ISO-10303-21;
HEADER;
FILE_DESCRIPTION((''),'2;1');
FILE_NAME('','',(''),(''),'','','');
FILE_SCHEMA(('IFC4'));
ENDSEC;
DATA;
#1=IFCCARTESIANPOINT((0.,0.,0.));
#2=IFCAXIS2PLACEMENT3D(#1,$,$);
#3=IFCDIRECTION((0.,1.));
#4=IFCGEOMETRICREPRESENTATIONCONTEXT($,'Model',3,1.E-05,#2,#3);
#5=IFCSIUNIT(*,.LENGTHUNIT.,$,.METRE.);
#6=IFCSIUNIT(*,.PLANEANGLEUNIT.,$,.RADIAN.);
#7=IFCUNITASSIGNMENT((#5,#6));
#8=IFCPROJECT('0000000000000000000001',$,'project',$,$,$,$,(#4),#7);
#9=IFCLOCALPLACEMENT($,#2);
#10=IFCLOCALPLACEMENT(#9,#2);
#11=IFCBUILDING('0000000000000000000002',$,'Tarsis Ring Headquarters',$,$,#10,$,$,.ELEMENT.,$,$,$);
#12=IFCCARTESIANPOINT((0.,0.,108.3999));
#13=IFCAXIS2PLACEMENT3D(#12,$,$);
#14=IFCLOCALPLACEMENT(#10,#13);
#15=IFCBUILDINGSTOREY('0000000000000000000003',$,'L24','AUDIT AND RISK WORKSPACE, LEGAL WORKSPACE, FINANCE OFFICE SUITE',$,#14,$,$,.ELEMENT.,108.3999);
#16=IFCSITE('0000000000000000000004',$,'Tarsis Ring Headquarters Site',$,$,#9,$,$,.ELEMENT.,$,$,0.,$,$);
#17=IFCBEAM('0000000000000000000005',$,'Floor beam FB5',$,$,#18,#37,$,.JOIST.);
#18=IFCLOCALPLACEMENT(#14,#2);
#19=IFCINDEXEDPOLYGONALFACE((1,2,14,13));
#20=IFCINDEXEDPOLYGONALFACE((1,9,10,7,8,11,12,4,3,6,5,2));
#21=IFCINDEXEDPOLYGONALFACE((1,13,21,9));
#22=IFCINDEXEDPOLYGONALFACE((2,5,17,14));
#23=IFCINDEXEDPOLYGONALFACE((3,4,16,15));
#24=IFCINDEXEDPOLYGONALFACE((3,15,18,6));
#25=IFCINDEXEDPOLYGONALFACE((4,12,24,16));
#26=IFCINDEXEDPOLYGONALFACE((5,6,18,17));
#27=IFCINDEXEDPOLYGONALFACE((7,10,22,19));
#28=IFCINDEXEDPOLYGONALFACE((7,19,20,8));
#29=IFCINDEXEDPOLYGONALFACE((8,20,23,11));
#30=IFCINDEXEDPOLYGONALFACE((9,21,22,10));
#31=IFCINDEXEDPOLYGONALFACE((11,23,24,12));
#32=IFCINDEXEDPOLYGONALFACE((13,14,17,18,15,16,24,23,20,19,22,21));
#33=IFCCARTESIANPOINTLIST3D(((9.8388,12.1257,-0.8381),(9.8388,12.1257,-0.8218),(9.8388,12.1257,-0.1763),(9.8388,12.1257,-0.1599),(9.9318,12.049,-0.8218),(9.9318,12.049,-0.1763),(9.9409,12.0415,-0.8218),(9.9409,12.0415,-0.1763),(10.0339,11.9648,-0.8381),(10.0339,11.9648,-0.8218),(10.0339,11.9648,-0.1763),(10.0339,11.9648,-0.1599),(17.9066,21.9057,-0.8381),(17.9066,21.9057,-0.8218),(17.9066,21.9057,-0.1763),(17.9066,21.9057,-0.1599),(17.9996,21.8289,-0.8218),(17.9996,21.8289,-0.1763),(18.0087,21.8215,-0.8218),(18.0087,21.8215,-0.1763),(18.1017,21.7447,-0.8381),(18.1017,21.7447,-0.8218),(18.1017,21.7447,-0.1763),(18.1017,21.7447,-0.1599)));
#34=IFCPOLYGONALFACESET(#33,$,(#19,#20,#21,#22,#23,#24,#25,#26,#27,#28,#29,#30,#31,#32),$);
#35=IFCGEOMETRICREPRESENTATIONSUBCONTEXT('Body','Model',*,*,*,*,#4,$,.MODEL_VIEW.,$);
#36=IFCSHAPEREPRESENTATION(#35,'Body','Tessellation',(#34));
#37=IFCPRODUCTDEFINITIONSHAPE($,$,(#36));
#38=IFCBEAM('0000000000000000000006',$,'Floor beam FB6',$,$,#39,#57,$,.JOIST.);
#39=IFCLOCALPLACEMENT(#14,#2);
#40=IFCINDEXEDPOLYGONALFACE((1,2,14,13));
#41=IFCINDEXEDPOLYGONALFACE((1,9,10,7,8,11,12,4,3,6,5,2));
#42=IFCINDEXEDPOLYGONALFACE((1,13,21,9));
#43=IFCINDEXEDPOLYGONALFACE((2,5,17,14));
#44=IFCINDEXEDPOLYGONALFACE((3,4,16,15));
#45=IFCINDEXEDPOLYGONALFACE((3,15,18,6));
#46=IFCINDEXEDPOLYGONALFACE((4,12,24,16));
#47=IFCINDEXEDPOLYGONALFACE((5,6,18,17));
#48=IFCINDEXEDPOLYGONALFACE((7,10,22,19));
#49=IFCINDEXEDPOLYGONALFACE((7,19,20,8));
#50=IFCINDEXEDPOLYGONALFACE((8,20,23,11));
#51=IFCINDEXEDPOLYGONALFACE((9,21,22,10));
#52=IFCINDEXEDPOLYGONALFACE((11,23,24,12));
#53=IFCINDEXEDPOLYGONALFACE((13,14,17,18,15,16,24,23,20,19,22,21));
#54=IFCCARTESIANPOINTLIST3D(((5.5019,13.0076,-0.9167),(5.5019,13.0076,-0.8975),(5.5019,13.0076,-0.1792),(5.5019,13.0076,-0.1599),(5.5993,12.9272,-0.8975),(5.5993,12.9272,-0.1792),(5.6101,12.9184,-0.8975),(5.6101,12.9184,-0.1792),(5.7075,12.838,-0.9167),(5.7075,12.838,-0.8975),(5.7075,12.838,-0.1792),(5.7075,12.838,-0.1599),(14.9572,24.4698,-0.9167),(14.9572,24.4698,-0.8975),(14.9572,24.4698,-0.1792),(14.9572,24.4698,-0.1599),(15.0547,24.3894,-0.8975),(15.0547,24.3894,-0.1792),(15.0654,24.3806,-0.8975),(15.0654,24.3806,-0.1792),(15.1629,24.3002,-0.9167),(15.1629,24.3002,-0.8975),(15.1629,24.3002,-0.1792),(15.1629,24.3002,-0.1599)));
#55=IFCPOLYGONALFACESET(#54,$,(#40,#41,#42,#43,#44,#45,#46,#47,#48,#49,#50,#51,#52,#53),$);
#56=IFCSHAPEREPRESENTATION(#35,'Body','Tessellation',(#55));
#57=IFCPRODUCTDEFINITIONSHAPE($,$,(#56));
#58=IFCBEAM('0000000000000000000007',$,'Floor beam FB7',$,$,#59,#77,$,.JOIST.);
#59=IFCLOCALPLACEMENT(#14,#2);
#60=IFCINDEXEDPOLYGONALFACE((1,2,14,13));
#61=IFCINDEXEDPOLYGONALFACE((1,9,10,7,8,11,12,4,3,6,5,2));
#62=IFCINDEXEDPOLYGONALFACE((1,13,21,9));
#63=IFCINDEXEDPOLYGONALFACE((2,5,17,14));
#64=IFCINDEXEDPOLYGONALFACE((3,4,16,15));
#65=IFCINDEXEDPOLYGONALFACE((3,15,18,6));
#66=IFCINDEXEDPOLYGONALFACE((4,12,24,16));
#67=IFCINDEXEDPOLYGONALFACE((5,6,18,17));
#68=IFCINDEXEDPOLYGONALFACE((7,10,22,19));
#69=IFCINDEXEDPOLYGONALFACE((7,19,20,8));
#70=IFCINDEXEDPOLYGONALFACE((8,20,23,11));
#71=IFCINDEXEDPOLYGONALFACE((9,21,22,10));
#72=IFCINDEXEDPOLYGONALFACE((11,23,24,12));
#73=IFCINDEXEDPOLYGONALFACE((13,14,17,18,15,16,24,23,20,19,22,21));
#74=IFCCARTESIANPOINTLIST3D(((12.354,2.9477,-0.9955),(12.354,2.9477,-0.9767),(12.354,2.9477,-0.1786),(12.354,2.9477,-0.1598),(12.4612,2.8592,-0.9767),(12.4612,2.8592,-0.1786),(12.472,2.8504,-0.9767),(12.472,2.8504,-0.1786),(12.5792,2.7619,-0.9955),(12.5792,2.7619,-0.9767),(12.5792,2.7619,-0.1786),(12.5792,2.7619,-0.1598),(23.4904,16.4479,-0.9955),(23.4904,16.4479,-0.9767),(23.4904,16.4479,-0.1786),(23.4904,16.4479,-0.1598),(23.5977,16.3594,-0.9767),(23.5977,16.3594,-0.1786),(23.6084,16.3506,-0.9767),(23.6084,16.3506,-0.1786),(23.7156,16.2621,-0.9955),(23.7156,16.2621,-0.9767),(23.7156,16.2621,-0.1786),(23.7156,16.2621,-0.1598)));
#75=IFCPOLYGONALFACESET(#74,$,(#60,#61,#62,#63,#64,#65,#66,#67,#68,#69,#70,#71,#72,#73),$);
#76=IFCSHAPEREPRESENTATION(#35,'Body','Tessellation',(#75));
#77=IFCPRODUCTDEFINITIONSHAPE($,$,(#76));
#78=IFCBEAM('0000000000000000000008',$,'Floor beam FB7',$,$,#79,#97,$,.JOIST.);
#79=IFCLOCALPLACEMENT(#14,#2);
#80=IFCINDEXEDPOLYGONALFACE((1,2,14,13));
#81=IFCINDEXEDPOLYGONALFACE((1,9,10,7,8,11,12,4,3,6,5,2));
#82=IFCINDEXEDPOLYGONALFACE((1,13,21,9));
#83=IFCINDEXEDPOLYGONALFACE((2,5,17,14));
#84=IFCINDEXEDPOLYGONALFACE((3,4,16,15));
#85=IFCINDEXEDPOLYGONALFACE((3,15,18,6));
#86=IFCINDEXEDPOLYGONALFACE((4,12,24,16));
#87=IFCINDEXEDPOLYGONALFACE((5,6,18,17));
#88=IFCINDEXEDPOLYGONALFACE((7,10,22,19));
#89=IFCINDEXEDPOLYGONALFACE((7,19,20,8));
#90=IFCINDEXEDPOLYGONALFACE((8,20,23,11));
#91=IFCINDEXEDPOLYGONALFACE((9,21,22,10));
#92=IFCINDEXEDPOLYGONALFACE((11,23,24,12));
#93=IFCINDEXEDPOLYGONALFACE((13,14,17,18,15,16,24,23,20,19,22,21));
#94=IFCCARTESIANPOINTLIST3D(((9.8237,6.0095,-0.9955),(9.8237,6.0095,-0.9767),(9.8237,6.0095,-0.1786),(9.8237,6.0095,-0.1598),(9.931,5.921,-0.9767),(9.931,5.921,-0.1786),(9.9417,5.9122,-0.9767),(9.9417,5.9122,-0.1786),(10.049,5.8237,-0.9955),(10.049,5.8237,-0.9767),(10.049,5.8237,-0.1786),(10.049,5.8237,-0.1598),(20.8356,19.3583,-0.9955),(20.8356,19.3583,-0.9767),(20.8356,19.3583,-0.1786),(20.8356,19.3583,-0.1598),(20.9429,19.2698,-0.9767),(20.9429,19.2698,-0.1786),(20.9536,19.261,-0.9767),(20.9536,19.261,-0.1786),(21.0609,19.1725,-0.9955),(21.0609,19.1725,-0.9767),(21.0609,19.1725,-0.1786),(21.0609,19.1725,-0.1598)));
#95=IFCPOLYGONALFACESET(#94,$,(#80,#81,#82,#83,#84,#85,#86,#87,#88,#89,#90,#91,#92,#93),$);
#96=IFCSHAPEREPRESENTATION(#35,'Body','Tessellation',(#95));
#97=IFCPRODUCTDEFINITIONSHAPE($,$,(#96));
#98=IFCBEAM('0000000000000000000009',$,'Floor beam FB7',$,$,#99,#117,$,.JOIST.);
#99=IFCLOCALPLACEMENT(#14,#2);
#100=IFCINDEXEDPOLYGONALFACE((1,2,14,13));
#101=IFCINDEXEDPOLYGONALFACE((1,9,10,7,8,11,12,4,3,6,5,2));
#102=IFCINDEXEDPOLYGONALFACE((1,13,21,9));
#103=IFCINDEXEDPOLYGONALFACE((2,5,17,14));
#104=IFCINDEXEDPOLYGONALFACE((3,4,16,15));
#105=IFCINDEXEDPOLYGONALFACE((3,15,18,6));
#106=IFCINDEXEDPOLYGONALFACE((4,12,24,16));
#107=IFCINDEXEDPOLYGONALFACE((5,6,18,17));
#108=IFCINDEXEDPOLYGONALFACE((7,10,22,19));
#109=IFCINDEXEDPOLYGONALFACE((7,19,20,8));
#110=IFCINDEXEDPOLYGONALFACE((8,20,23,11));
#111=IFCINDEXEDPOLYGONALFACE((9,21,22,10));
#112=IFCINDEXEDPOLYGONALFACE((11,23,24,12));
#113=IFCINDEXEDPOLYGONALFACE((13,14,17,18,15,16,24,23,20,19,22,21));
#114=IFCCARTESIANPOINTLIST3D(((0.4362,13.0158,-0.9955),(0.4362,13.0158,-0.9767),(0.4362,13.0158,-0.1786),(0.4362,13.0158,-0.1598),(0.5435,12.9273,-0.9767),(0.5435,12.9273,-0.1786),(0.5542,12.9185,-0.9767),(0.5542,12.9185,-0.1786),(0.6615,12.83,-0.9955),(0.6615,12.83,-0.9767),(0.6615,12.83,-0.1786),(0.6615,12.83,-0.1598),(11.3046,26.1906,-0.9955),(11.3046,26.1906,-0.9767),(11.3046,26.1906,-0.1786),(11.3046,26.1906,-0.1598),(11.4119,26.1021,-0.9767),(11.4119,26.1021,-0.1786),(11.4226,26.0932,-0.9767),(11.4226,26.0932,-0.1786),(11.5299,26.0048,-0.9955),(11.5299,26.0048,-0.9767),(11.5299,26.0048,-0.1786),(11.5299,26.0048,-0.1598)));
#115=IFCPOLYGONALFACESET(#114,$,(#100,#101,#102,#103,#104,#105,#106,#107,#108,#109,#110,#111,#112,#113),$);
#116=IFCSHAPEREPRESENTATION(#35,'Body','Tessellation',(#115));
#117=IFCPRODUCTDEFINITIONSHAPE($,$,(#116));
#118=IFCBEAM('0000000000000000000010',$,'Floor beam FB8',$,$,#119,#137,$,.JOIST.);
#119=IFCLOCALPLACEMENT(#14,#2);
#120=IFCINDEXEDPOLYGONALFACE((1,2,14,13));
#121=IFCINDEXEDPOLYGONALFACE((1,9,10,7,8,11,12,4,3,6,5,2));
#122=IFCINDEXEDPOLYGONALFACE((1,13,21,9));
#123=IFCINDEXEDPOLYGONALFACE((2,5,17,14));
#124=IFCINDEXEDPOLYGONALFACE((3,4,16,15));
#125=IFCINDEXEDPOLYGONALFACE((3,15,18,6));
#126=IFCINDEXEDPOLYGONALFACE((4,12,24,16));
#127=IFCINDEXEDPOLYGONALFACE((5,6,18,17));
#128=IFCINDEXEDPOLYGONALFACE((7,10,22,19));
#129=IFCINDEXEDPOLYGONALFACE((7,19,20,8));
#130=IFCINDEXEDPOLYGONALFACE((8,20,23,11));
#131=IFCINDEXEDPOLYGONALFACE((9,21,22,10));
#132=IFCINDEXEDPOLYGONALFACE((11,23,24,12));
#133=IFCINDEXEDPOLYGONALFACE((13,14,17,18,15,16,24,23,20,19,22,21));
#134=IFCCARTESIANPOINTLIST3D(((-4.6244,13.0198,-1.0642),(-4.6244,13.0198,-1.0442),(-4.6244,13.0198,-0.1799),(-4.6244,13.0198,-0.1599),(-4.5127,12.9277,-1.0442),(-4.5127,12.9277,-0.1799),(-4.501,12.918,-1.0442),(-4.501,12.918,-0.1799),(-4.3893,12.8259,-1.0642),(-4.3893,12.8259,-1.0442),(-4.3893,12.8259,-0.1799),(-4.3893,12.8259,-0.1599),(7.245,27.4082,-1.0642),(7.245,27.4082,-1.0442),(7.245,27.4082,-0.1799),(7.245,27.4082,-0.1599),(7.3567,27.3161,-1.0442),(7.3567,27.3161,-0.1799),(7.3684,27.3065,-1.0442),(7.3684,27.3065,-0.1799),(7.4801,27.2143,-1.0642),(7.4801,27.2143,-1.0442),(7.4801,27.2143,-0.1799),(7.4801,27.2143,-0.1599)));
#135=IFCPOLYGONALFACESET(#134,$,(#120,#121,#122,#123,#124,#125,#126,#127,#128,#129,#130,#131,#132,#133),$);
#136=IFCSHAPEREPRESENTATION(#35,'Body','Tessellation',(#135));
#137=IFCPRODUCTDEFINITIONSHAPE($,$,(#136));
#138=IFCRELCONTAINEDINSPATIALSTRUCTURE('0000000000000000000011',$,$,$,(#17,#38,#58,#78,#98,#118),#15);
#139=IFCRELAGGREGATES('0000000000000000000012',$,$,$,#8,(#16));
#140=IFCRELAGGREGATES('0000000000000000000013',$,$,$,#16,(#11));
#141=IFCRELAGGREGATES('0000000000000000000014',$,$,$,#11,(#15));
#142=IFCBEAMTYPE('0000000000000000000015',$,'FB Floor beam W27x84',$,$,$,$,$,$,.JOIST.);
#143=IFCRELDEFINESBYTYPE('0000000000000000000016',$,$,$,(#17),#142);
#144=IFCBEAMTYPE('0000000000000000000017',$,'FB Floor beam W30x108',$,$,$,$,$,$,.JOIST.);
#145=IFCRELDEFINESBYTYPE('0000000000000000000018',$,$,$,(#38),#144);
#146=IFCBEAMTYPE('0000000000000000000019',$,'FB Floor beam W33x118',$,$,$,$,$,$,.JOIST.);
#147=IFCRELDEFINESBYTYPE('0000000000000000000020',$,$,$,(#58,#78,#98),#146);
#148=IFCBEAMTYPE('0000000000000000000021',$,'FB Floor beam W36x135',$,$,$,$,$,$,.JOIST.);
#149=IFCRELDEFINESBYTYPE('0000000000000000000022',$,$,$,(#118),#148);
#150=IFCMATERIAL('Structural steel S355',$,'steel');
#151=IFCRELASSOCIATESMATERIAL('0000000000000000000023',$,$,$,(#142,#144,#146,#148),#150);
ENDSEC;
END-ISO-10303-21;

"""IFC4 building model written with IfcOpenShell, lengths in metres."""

from ifc_helpers import new_model, si_unit, direction, frame, origin, origin_2d, place, context, subcontext, project, spatial, i_section, extrude, material, material_profile, profile_set, type_object, element, save


model = new_model("IFC4")

# Units and contexts
model_context = context("Model", 3, precision=1e-05, world=origin(), true_north=direction((0.0, 1.0)))
body_context = subcontext(model_context, "Body", "Model", "MODEL_VIEW")
ifc_project = project(units=[si_unit("LENGTHUNIT", "METRE"), si_unit("PLANEANGLEUNIT", "RADIAN")], contexts=[model_context])

# Site, building, storey
site_placement = place(None, origin())
site = spatial("IfcSite", under=ifc_project, at=site_placement, Name="Tarsis Ring Headquarters Site", CompositionType="ELEMENT", RefElevation=0.0)
building_placement = place(site_placement, origin())
building = spatial("IfcBuilding", under=site, at=building_placement, Name="Tarsis Ring Headquarters", CompositionType="ELEMENT")
storey_placement = place(building_placement, frame((0.0, 0.0, 108.3999)))
storey = spatial("IfcBuildingStorey", under=building, at=storey_placement, Name="L24", Description="AUDIT AND RISK WORKSPACE, LEGAL WORKSPACE, FINANCE OFFICE SUITE", CompositionType="ELEMENT", Elevation=108.3999)

# Shared definitions
ifc_material_1 = material(Name="Structural steel S355", Category="steel")

# Beams
ifc_material_profile_1 = material_profile(ifc_material_1, i_section(OverallWidth=0.2529, OverallDepth=0.6782, WebThickness=0.0117, FlangeThickness=0.0164, at=origin_2d()), Name="W27x84")
ifc_profile_set_1 = profile_set([ifc_material_profile_1], Name="Structural steel S355")
beam_type_1 = type_object("IfcBeamType", Name="FB Floor beam W27x84", PredefinedType="JOIST", material=ifc_profile_set_1)
beam_1_placement = place(storey_placement, frame((18.0042, 21.8252, -0.499), z_axis=(-0.636352, -0.771399, 0.0), x_axis=(0.771399, -0.636352, 0.0)))
element("IfcBeam", 1, at=beam_1_placement, inside=storey, type_object=beam_type_1, Name="Floor beam FB5", PredefinedType="JOIST", context=body_context, shape_type="SweptSolid", body=[
    extrude(i_section(OverallWidth=0.2529, OverallDepth=0.6782, WebThickness=0.0117, FlangeThickness=0.0164, at=origin_2d()), origin(), (0.0, 0.0, 1.0), 12.6782),
])
ifc_material_profile_2 = material_profile(ifc_material_1, i_section(OverallWidth=0.2666, OverallDepth=0.7568, WebThickness=0.0139, FlangeThickness=0.0193, at=origin_2d()), Name="W30x108")
ifc_profile_set_2 = profile_set([ifc_material_profile_2], Name="Structural steel S355")
beam_type_2 = type_object("IfcBeamType", Name="FB Floor beam W30x108", PredefinedType="JOIST", material=ifc_profile_set_2)
beam_2_placement = place(storey_placement, frame((15.0601, 24.385, -0.5383), z_axis=(-0.636345, -0.771405, 0.0), x_axis=(0.771405, -0.636345, 0.0)))
element("IfcBeam", 2, at=beam_2_placement, inside=storey, type_object=beam_type_2, Name="Floor beam FB6", PredefinedType="JOIST", context=body_context, shape_type="SweptSolid", body=[
    extrude(i_section(OverallWidth=0.2666, OverallDepth=0.7568, WebThickness=0.0139, FlangeThickness=0.0193, at=origin_2d()), origin(), (0.0, 0.0, 1.0), 14.8589),
])
ifc_material_profile_3 = material_profile(ifc_material_1, i_section(OverallWidth=0.292, OverallDepth=0.8357, WebThickness=0.0139, FlangeThickness=0.0188, at=origin_2d()), Name="W33x118")
ifc_profile_set_3 = profile_set([ifc_material_profile_3], Name="Structural steel S355")
beam_type_3 = type_object("IfcBeamType", Name="FB Floor beam W33x118", PredefinedType="JOIST", material=ifc_profile_set_3)
beam_3_placement = place(storey_placement, frame((23.603, 16.355, -0.5776), z_axis=(-0.636341, -0.771408, 0.0), x_axis=(0.771408, -0.636341, 0.0)))
element("IfcBeam", 3, at=beam_3_placement, inside=storey, type_object=beam_type_3, Name="Floor beam FB7", PredefinedType="JOIST", context=body_context, shape_type="SweptSolid", body=[
    extrude(i_section(OverallWidth=0.292, OverallDepth=0.8357, WebThickness=0.0139, FlangeThickness=0.0188, at=origin_2d()), origin(), (0.0, 0.0, 1.0), 17.5007),
])
beam_4_placement = place(storey_placement, frame((20.9482, 19.2654, -0.5776), z_axis=(-0.636353, -0.771398, 0.0), x_axis=(0.771398, -0.636353, 0.0)))
element("IfcBeam", 4, at=beam_4_placement, inside=storey, type_object=beam_type_3, Name="Floor beam FB7", PredefinedType="JOIST", context=body_context, shape_type="SweptSolid", body=[
    extrude(i_section(OverallWidth=0.292, OverallDepth=0.8357, WebThickness=0.0139, FlangeThickness=0.0188, at=origin_2d()), origin(), (0.0, 0.0, 1.0), 17.3047),
])
beam_5_placement = place(storey_placement, frame((11.4172, 26.0977, -0.5776), z_axis=(-0.636355, -0.771396, 0.0), x_axis=(0.771396, -0.636355, 0.0)))
element("IfcBeam", 5, at=beam_5_placement, inside=storey, type_object=beam_type_3, Name="Floor beam FB7", PredefinedType="JOIST", context=body_context, shape_type="SweptSolid", body=[
    extrude(i_section(OverallWidth=0.292, OverallDepth=0.8357, WebThickness=0.0139, FlangeThickness=0.0188, at=origin_2d()), origin(), (0.0, 0.0, 1.0), 17.0791),
])
ifc_material_profile_4 = material_profile(ifc_material_1, i_section(OverallWidth=0.3047, OverallDepth=0.9043, WebThickness=0.0151, FlangeThickness=0.02, at=origin_2d()), Name="W36x135")
ifc_profile_set_4 = profile_set([ifc_material_profile_4], Name="Structural steel S355")
beam_type_4 = type_object("IfcBeamType", Name="FB Floor beam W36x135", PredefinedType="JOIST", material=ifc_profile_set_4)
beam_6_placement = place(storey_placement, frame((7.3625, 27.3113, -0.6121), z_axis=(-0.636349, -0.771401, 0.0), x_axis=(0.771401, -0.636349, 0.0)))
element("IfcBeam", 6, at=beam_6_placement, inside=storey, type_object=beam_type_4, Name="Floor beam FB8", PredefinedType="JOIST", context=body_context, shape_type="SweptSolid", body=[
    extrude(i_section(OverallWidth=0.3047, OverallDepth=0.9043, WebThickness=0.0151, FlangeThickness=0.02, at=origin_2d()), origin(), (0.0, 0.0, 1.0), 18.6523),
])

save(model, "model.ifc")
